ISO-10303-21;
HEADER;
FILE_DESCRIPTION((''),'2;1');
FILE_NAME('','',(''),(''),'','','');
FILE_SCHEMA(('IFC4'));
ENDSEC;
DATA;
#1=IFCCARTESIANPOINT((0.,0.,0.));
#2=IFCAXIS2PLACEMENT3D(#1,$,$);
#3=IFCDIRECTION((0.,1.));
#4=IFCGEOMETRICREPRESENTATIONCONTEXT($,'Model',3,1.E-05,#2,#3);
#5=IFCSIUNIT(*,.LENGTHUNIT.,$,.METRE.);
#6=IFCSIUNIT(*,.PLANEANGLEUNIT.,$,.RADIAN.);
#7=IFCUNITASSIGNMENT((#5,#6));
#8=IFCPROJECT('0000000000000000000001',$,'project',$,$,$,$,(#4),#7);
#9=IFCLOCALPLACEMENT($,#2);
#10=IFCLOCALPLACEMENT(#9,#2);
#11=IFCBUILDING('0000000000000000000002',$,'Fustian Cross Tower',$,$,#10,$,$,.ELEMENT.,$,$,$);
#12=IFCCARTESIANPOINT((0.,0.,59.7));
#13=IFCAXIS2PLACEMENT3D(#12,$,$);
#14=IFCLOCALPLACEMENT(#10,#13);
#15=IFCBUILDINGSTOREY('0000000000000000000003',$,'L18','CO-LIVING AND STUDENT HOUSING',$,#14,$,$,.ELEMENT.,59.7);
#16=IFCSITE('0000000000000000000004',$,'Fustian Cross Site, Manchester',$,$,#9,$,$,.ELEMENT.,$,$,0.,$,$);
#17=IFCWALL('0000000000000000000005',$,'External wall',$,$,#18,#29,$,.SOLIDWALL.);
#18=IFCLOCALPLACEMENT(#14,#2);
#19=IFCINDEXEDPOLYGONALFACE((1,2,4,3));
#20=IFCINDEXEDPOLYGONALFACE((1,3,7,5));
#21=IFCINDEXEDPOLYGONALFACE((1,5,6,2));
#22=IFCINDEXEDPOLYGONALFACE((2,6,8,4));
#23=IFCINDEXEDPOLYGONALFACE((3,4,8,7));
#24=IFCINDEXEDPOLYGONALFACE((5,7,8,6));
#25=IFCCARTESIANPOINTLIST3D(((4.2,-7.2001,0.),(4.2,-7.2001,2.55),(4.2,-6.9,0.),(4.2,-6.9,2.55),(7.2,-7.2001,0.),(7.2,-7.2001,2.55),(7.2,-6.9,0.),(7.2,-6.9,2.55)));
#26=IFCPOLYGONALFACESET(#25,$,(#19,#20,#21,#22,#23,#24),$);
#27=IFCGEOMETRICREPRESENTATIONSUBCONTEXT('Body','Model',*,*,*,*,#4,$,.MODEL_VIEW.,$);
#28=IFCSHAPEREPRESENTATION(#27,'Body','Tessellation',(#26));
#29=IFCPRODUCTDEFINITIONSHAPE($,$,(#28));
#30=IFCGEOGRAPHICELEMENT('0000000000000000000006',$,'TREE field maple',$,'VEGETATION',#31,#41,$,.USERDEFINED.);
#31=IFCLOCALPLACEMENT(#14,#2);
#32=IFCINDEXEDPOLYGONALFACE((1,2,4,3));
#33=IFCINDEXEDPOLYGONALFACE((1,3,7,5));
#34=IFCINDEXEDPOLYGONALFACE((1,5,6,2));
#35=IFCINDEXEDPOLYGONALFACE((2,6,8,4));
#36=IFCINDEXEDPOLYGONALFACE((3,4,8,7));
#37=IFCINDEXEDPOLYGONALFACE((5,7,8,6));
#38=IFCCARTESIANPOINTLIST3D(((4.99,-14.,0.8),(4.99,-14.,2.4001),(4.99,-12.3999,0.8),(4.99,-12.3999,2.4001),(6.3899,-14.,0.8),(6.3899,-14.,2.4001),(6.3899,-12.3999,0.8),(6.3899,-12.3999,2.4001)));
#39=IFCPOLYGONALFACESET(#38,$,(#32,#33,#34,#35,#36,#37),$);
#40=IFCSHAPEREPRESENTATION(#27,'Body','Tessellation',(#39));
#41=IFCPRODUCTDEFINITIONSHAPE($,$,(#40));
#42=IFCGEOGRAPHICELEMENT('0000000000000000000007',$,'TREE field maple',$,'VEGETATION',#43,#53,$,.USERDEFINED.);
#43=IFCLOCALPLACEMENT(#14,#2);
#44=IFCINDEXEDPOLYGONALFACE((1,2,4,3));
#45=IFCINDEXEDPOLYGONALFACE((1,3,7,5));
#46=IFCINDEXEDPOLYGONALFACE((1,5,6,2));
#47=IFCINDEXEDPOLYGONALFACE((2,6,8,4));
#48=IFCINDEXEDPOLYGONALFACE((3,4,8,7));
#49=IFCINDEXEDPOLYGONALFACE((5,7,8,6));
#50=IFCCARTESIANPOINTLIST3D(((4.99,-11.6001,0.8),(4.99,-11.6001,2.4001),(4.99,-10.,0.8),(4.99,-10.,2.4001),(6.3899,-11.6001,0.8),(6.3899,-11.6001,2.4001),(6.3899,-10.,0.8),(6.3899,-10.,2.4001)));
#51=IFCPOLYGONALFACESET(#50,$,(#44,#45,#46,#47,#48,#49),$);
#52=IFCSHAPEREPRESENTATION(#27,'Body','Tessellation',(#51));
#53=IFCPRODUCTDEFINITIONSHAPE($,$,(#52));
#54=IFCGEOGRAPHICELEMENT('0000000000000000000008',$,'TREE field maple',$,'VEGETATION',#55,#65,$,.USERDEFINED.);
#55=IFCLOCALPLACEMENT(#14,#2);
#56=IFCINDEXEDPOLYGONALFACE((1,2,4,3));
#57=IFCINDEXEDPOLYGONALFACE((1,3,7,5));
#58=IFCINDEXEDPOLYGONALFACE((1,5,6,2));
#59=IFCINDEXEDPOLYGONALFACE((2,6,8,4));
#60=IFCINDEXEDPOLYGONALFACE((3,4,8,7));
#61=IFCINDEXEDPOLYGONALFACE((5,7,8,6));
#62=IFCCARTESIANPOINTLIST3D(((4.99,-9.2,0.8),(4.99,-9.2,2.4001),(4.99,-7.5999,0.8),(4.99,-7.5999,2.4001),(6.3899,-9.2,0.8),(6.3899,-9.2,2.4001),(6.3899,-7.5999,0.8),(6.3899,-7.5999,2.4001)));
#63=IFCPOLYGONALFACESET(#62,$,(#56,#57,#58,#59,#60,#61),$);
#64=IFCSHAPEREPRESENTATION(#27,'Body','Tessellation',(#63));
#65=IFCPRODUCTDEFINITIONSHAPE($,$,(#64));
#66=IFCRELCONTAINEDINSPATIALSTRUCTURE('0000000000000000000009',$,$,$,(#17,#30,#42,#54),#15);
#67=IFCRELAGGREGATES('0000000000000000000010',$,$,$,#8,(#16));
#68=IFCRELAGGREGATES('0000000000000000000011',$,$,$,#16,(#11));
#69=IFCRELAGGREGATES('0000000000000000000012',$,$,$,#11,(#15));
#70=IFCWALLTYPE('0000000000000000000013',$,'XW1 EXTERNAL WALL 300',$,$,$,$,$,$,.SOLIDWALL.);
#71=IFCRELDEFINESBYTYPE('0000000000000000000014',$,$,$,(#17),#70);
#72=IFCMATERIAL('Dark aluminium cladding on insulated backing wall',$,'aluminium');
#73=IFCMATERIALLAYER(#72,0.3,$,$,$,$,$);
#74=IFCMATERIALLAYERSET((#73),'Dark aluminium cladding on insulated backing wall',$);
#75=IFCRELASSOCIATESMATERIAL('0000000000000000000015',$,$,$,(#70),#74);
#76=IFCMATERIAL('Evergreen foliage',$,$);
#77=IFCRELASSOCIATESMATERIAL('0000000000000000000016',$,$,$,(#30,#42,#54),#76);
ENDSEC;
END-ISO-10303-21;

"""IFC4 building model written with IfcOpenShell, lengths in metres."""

from ifc_helpers import new_model, si_unit, direction, frame, frame_2d, origin, origin_2d, place, context, subcontext, project, spatial, rectangle, extrude, material, layer, layer_set, type_object, element, save


model = new_model("IFC4")

# Units and contexts
model_context = context("Model", 3, precision=1e-05, world=origin(), true_north=direction((0.0, 1.0)))
body_context = subcontext(model_context, "Body", "Model", "MODEL_VIEW")
ifc_project = project(units=[si_unit("LENGTHUNIT", "METRE"), si_unit("PLANEANGLEUNIT", "RADIAN")], contexts=[model_context])

# Site, building, storey
site_placement = place(None, origin())
site = spatial("IfcSite", under=ifc_project, at=site_placement, Name="Fustian Cross Site, Manchester", CompositionType="ELEMENT", RefElevation=0.0)
building_placement = place(site_placement, origin())
building = spatial("IfcBuilding", under=site, at=building_placement, Name="Fustian Cross Tower", CompositionType="ELEMENT")
storey_placement = place(building_placement, frame((0.0, 0.0, 59.7)))
storey = spatial("IfcBuildingStorey", under=building, at=storey_placement, Name="L18", Description="CO-LIVING AND STUDENT HOUSING", CompositionType="ELEMENT", Elevation=59.7)

# Shared definitions
ifc_material_1 = material(Name="Dark aluminium cladding on insulated backing wall", Category="aluminium")
ifc_layer_1 = layer(ifc_material_1, 0.3)
ifc_layer_set_1 = layer_set([ifc_layer_1], Name="Dark aluminium cladding on insulated backing wall")
wall_type_1 = type_object("IfcWallType", Name="XW1 EXTERNAL WALL 300", PredefinedType="SOLIDWALL", material=ifc_layer_set_1)

# Wall
wall_1_placement = place(storey_placement, frame((4.2, -7.05, 0.0), z_axis=(0.0, 0.0, 1.0), x_axis=(1.0, 0.0, 0.0)))
element("IfcWall", 1, at=wall_1_placement, inside=storey, type_object=wall_type_1, Name="External wall", PredefinedType="SOLIDWALL", context=body_context, shape_type="SweptSolid", body=[
    extrude(rectangle(XDim=3.0, YDim=0.3, at=frame_2d((1.5, 0.0))), origin(), (0.0, 0.0, 1.0), 2.55),
])

# Geographic elements
ifc_material_2 = material(Name="Evergreen foliage")
for number, where, z_axis, x_axis, name in (
    (2, (5.6899, -13.2, 0.8), (0.0, 0.0, 1.0), (1.0, 0.0, 0.0), "TREE field maple"),
    (3, (5.6899, -10.8, 0.8), (0.0, 0.0, 1.0), (1.0, 0.0, 0.0), "TREE field maple"),
    (4, (5.6899, -8.3999, 0.8), (0.0, 0.0, 1.0), (1.0, 0.0, 0.0), "TREE field maple"),
):
    element("IfcGeographicElement", number, at=place(storey_placement, frame(where, z_axis=z_axis, x_axis=x_axis)), inside=storey, material=ifc_material_2, Name=name, ObjectType="VEGETATION", PredefinedType="USERDEFINED", context=body_context, shape_type="SweptSolid", body=[
        extrude(rectangle(XDim=1.3999, YDim=1.6001, at=origin_2d()), origin(), (0.0, 0.0, 1.0), 1.6001),
    ])

save(model, "model.ifc")
